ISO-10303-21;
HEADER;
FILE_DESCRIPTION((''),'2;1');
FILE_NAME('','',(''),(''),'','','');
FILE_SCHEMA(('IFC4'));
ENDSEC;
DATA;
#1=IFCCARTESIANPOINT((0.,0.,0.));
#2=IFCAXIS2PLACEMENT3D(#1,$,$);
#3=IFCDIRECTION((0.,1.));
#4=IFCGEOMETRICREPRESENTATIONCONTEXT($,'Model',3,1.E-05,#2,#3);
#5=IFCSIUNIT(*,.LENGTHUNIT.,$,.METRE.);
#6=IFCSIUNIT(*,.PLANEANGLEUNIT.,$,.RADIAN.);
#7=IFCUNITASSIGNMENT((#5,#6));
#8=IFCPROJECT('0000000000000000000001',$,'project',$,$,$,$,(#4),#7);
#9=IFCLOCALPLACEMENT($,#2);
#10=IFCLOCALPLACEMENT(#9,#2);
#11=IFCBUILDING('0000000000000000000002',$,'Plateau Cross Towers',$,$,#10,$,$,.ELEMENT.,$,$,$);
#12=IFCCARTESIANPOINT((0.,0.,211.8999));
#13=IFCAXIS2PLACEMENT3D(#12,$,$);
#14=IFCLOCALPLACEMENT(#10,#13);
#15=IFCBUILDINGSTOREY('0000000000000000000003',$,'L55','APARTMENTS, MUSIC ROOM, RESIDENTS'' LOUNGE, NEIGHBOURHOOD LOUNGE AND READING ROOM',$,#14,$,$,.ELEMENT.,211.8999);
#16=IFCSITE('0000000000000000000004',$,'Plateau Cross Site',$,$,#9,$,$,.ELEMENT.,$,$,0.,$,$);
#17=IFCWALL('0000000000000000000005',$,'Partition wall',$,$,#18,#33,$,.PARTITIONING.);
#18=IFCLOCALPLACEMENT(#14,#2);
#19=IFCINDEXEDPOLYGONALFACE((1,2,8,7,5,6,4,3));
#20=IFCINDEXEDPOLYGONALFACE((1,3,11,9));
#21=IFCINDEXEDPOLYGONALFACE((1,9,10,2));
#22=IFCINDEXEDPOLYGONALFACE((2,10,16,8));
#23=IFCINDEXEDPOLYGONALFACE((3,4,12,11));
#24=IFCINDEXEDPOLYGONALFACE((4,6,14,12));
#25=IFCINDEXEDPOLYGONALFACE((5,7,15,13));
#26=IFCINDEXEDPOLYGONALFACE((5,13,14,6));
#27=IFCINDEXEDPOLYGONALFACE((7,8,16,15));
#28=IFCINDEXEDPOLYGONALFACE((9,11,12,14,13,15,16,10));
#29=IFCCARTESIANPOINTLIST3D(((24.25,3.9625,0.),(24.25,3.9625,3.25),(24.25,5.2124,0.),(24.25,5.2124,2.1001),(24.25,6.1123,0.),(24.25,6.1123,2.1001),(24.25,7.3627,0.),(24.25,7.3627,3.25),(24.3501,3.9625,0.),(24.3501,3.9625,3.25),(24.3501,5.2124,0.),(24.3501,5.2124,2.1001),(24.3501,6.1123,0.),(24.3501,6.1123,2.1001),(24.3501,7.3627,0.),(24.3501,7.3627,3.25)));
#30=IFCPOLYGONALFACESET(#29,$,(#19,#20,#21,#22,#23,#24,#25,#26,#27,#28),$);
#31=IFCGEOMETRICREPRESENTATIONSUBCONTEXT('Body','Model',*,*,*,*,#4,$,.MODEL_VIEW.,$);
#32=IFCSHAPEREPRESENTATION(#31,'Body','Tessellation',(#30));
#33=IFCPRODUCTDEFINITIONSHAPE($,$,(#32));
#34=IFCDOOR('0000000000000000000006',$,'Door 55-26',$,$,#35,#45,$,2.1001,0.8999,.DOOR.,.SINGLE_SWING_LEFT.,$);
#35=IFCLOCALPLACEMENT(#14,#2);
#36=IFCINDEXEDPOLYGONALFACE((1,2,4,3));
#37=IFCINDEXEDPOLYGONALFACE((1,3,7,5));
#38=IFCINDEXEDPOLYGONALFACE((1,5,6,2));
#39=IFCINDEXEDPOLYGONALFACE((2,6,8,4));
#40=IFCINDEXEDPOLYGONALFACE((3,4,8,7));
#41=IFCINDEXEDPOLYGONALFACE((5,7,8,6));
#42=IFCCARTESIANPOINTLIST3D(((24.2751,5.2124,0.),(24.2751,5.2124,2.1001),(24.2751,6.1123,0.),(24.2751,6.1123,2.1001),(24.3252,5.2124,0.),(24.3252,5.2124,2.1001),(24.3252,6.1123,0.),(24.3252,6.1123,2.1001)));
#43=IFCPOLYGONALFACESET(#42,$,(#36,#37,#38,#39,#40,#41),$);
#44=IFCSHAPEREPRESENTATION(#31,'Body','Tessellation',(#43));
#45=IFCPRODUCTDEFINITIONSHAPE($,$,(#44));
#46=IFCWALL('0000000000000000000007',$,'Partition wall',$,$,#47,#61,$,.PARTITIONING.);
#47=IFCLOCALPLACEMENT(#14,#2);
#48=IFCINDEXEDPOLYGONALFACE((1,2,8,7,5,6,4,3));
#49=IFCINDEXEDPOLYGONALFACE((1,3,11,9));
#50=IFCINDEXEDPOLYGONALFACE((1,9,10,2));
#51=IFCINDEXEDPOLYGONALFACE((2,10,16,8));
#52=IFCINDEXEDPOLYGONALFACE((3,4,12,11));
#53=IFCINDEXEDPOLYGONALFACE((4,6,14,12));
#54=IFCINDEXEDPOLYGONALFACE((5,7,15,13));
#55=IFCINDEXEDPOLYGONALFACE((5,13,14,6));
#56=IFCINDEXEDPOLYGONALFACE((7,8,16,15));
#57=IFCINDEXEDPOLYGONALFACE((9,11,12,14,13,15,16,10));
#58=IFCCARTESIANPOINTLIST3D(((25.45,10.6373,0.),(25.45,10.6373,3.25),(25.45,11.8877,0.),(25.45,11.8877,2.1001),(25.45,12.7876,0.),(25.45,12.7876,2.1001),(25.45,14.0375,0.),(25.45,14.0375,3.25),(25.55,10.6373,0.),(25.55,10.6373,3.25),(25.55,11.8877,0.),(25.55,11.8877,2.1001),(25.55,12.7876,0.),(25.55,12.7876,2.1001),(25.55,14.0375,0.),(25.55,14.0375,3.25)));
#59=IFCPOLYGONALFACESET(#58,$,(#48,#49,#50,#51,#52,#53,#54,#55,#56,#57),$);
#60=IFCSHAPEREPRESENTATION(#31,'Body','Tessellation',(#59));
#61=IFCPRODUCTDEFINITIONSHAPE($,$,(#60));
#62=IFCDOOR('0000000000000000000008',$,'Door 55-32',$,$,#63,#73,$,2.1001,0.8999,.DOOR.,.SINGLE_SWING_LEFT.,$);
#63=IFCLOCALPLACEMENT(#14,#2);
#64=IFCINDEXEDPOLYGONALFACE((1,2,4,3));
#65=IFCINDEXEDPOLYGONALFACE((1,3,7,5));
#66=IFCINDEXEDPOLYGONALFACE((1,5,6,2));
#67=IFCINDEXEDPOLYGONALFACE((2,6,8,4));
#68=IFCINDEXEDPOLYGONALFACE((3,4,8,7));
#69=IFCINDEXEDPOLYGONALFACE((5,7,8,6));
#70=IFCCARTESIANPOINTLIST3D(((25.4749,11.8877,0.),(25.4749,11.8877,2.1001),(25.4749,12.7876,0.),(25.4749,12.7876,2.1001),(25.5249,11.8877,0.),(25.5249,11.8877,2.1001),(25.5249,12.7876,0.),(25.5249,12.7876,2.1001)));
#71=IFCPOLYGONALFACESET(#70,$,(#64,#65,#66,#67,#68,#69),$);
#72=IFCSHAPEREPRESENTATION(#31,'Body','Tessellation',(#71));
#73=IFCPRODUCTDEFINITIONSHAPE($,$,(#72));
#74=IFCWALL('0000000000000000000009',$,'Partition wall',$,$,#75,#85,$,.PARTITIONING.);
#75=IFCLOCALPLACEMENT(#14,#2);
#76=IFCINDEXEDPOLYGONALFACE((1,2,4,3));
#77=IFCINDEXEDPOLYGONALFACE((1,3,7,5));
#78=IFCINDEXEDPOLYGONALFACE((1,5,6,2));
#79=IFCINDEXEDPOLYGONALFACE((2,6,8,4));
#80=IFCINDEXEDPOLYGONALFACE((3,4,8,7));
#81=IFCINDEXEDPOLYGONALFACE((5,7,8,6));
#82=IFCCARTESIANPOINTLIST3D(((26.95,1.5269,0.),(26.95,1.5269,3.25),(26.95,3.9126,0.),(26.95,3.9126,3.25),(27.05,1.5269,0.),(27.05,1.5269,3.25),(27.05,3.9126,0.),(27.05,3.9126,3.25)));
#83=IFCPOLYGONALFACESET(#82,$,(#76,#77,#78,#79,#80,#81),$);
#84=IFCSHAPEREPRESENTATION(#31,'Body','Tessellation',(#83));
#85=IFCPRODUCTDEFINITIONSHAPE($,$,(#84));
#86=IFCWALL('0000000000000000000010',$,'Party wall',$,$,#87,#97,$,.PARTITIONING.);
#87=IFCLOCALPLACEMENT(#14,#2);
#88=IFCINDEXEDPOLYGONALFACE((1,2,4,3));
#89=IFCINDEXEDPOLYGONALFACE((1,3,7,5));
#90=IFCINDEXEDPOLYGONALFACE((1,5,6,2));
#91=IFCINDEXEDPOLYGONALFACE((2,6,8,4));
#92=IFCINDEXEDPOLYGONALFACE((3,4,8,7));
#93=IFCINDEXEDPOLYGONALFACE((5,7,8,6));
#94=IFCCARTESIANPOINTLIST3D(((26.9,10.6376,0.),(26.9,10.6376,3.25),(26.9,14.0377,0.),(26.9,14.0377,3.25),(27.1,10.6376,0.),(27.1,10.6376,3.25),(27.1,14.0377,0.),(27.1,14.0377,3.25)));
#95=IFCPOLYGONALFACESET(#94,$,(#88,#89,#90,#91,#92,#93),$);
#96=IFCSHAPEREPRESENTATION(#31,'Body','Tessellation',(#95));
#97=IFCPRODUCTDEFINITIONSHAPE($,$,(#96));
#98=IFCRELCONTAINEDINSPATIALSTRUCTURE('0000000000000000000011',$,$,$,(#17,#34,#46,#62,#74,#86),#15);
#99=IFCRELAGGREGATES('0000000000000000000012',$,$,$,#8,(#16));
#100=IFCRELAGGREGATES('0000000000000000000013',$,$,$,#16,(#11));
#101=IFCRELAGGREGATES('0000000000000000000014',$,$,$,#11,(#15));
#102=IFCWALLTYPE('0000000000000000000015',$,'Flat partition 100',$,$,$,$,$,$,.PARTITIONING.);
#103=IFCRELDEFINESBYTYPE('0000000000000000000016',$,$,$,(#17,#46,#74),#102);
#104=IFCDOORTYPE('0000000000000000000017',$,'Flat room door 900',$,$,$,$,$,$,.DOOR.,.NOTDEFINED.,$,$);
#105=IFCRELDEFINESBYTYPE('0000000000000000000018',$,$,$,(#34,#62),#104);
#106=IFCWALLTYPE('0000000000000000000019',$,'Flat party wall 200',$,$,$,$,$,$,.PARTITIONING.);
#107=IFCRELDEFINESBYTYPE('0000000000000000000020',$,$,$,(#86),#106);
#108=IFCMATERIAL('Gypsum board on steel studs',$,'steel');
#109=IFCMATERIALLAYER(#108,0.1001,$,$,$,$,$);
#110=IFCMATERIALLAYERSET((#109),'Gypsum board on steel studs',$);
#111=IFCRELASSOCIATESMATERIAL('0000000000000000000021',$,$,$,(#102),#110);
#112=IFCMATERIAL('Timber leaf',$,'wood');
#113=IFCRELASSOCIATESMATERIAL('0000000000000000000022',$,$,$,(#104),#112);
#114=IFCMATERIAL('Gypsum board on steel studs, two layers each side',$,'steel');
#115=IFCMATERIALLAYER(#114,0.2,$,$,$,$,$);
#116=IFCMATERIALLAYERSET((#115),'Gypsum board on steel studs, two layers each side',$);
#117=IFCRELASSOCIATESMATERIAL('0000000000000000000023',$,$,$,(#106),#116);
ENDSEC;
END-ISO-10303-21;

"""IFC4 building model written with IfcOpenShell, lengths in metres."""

from ifc_helpers import new_model, si_unit, direction, frame, frame_2d, origin, place, context, subcontext, project, spatial, rectangle, extrude, material, layer, layer_set, type_object, element, fill, save


model = new_model("IFC4")

# Units and contexts
model_context = context("Model", 3, precision=1e-05, world=origin(), true_north=direction((0.0, 1.0)))
body_context = subcontext(model_context, "Body", "Model", "MODEL_VIEW")
ifc_project = project(units=[si_unit("LENGTHUNIT", "METRE"), si_unit("PLANEANGLEUNIT", "RADIAN")], contexts=[model_context])

# Site, building, storey
site_placement = place(None, origin())
site = spatial("IfcSite", under=ifc_project, at=site_placement, Name="Plateau Cross Site", CompositionType="ELEMENT", RefElevation=0.0)
building_placement = place(site_placement, origin())
building = spatial("IfcBuilding", under=site, at=building_placement, Name="Plateau Cross Towers", CompositionType="ELEMENT")
storey_placement = place(building_placement, frame((0.0, 0.0, 211.8999)))
storey = spatial("IfcBuildingStorey", under=building, at=storey_placement, Name="L55", Description="APARTMENTS, MUSIC ROOM, RESIDENTS' LOUNGE, NEIGHBOURHOOD LOUNGE AND READING ROOM", CompositionType="ELEMENT", Elevation=211.8999)

# Shared definitions
ifc_material_1 = material(Name="Gypsum board on steel studs", Category="steel")
ifc_layer_1 = layer(ifc_material_1, 0.1001)
ifc_layer_set_1 = layer_set([ifc_layer_1], Name="Gypsum board on steel studs")
wall_type_1 = type_object("IfcWallType", Name="Flat partition 100", PredefinedType="PARTITIONING", material=ifc_layer_set_1)

# Walls, openings, doors
ifc_material_2 = material(Name="Timber leaf", Category="wood")
door_type_1 = type_object("IfcDoorType", Name="Flat room door 900", OperationType="NOTDEFINED", PredefinedType="DOOR", material=ifc_material_2)
wall_1_placement = place(storey_placement, frame((24.3, 3.9624, 0.0), z_axis=(0.0, 0.0, 1.0), x_axis=(0.0, 1.0, 0.0)))
wall_1 = element("IfcWall", 1, at=wall_1_placement, inside=storey, type_object=wall_type_1, Name="Partition wall", PredefinedType="PARTITIONING", context=body_context, shape_type="SweptSolid", body=[
    extrude(rectangle(XDim=3.4001, YDim=0.1001, at=frame_2d((1.7002, 0.0))), origin(), (0.0, 0.0, 1.0), 3.25),
])
opening_1_placement = place(wall_1_placement, frame((1.25, 0.0, 0.0)))
opening_1 = element("IfcOpeningElement", 2, at=opening_1_placement, cuts=wall_1, PredefinedType="OPENING", context=body_context, shape_type="SweptSolid", body=[
    extrude(rectangle(XDim=0.8999, YDim=2.1001, at=frame_2d((0.45, 1.05))), frame((0.0, 0.0601, 0.0), z_axis=(0.0, -1.0, 0.0), x_axis=(1.0, 0.0, 0.0)), (0.0, 0.0, 1.0), 0.1201),
])
door_1_placement = place(opening_1_placement, origin())
door_1 = element("IfcDoor", 3, at=door_1_placement, inside=storey, type_object=door_type_1, Name="Door 55-26", OperationType="SINGLE_SWING_LEFT", OverallHeight=2.1001, OverallWidth=0.8999, PredefinedType="DOOR", context=body_context, shape_type="SweptSolid", body=[
    extrude(rectangle(XDim=0.8999, YDim=2.1001, at=frame_2d((0.45, 1.05))), frame((0.0, 0.0249, 0.0), z_axis=(0.0, -1.0, 0.0), x_axis=(1.0, 0.0, 0.0)), (0.0, 0.0, 1.0), 0.05),
])
fill(opening_1, door_1)
wall_2_placement = place(storey_placement, frame((25.5, 14.0376, 0.0), z_axis=(0.0, 0.0, 1.0), x_axis=(0.0, -1.0, 0.0)))
wall_2 = element("IfcWall", 4, at=wall_2_placement, inside=storey, type_object=wall_type_1, Name="Partition wall", PredefinedType="PARTITIONING", context=body_context, shape_type="SweptSolid", body=[
    extrude(rectangle(XDim=3.4001, YDim=0.1001, at=frame_2d((1.7002, 0.0))), origin(), (0.0, 0.0, 1.0), 3.25),
])
opening_2_placement = place(wall_2_placement, frame((1.25, 0.0, 0.0)))
opening_2 = element("IfcOpeningElement", 5, at=opening_2_placement, cuts=wall_2, PredefinedType="OPENING", context=body_context, shape_type="SweptSolid", body=[
    extrude(rectangle(XDim=0.8999, YDim=2.1001, at=frame_2d((0.45, 1.05))), frame((0.0, 0.0601, 0.0), z_axis=(0.0, -1.0, 0.0), x_axis=(1.0, 0.0, 0.0)), (0.0, 0.0, 1.0), 0.1201),
])
door_2_placement = place(opening_2_placement, origin())
door_2 = element("IfcDoor", 6, at=door_2_placement, inside=storey, type_object=door_type_1, Name="Door 55-32", OperationType="SINGLE_SWING_LEFT", OverallHeight=2.1001, OverallWidth=0.8999, PredefinedType="DOOR", context=body_context, shape_type="SweptSolid", body=[
    extrude(rectangle(XDim=0.8999, YDim=2.1001, at=frame_2d((0.45, 1.05))), frame((0.0, 0.0249, 0.0), z_axis=(0.0, -1.0, 0.0), x_axis=(1.0, 0.0, 0.0)), (0.0, 0.0, 1.0), 0.05),
])
fill(opening_2, door_2)

# Walls
wall_3_placement = place(storey_placement, frame((27.0, 3.9126, 0.0), z_axis=(0.0, 0.0, 1.0), x_axis=(0.0, -1.0, 0.0)))
element("IfcWall", 7, at=wall_3_placement, inside=storey, type_object=wall_type_1, Name="Partition wall", PredefinedType="PARTITIONING", context=body_context, shape_type="SweptSolid", body=[
    extrude(rectangle(XDim=2.3857, YDim=0.1001, at=frame_2d((1.1929, 0.0))), origin(), (0.0, 0.0, 1.0), 3.25),
])
ifc_material_3 = material(Name="Gypsum board on steel studs, two layers each side", Category="steel")
ifc_layer_2 = layer(ifc_material_3, 0.2)
ifc_layer_set_2 = layer_set([ifc_layer_2], Name="Gypsum board on steel studs, two layers each side")
wall_type_2 = type_object("IfcWallType", Name="Flat party wall 200", PredefinedType="PARTITIONING", material=ifc_layer_set_2)
wall_4_placement = place(storey_placement, frame((27.0, 10.6375, 0.0), z_axis=(0.0, 0.0, 1.0), x_axis=(0.0, 1.0, 0.0)))
element("IfcWall", 8, at=wall_4_placement, inside=storey, type_object=wall_type_2, Name="Party wall", PredefinedType="PARTITIONING", context=body_context, shape_type="SweptSolid", body=[
    extrude(rectangle(XDim=3.4001, YDim=0.2, at=frame_2d((1.7002, 0.0))), origin(), (0.0, 0.0, 1.0), 3.25),
])

save(model, "model.ifc")
